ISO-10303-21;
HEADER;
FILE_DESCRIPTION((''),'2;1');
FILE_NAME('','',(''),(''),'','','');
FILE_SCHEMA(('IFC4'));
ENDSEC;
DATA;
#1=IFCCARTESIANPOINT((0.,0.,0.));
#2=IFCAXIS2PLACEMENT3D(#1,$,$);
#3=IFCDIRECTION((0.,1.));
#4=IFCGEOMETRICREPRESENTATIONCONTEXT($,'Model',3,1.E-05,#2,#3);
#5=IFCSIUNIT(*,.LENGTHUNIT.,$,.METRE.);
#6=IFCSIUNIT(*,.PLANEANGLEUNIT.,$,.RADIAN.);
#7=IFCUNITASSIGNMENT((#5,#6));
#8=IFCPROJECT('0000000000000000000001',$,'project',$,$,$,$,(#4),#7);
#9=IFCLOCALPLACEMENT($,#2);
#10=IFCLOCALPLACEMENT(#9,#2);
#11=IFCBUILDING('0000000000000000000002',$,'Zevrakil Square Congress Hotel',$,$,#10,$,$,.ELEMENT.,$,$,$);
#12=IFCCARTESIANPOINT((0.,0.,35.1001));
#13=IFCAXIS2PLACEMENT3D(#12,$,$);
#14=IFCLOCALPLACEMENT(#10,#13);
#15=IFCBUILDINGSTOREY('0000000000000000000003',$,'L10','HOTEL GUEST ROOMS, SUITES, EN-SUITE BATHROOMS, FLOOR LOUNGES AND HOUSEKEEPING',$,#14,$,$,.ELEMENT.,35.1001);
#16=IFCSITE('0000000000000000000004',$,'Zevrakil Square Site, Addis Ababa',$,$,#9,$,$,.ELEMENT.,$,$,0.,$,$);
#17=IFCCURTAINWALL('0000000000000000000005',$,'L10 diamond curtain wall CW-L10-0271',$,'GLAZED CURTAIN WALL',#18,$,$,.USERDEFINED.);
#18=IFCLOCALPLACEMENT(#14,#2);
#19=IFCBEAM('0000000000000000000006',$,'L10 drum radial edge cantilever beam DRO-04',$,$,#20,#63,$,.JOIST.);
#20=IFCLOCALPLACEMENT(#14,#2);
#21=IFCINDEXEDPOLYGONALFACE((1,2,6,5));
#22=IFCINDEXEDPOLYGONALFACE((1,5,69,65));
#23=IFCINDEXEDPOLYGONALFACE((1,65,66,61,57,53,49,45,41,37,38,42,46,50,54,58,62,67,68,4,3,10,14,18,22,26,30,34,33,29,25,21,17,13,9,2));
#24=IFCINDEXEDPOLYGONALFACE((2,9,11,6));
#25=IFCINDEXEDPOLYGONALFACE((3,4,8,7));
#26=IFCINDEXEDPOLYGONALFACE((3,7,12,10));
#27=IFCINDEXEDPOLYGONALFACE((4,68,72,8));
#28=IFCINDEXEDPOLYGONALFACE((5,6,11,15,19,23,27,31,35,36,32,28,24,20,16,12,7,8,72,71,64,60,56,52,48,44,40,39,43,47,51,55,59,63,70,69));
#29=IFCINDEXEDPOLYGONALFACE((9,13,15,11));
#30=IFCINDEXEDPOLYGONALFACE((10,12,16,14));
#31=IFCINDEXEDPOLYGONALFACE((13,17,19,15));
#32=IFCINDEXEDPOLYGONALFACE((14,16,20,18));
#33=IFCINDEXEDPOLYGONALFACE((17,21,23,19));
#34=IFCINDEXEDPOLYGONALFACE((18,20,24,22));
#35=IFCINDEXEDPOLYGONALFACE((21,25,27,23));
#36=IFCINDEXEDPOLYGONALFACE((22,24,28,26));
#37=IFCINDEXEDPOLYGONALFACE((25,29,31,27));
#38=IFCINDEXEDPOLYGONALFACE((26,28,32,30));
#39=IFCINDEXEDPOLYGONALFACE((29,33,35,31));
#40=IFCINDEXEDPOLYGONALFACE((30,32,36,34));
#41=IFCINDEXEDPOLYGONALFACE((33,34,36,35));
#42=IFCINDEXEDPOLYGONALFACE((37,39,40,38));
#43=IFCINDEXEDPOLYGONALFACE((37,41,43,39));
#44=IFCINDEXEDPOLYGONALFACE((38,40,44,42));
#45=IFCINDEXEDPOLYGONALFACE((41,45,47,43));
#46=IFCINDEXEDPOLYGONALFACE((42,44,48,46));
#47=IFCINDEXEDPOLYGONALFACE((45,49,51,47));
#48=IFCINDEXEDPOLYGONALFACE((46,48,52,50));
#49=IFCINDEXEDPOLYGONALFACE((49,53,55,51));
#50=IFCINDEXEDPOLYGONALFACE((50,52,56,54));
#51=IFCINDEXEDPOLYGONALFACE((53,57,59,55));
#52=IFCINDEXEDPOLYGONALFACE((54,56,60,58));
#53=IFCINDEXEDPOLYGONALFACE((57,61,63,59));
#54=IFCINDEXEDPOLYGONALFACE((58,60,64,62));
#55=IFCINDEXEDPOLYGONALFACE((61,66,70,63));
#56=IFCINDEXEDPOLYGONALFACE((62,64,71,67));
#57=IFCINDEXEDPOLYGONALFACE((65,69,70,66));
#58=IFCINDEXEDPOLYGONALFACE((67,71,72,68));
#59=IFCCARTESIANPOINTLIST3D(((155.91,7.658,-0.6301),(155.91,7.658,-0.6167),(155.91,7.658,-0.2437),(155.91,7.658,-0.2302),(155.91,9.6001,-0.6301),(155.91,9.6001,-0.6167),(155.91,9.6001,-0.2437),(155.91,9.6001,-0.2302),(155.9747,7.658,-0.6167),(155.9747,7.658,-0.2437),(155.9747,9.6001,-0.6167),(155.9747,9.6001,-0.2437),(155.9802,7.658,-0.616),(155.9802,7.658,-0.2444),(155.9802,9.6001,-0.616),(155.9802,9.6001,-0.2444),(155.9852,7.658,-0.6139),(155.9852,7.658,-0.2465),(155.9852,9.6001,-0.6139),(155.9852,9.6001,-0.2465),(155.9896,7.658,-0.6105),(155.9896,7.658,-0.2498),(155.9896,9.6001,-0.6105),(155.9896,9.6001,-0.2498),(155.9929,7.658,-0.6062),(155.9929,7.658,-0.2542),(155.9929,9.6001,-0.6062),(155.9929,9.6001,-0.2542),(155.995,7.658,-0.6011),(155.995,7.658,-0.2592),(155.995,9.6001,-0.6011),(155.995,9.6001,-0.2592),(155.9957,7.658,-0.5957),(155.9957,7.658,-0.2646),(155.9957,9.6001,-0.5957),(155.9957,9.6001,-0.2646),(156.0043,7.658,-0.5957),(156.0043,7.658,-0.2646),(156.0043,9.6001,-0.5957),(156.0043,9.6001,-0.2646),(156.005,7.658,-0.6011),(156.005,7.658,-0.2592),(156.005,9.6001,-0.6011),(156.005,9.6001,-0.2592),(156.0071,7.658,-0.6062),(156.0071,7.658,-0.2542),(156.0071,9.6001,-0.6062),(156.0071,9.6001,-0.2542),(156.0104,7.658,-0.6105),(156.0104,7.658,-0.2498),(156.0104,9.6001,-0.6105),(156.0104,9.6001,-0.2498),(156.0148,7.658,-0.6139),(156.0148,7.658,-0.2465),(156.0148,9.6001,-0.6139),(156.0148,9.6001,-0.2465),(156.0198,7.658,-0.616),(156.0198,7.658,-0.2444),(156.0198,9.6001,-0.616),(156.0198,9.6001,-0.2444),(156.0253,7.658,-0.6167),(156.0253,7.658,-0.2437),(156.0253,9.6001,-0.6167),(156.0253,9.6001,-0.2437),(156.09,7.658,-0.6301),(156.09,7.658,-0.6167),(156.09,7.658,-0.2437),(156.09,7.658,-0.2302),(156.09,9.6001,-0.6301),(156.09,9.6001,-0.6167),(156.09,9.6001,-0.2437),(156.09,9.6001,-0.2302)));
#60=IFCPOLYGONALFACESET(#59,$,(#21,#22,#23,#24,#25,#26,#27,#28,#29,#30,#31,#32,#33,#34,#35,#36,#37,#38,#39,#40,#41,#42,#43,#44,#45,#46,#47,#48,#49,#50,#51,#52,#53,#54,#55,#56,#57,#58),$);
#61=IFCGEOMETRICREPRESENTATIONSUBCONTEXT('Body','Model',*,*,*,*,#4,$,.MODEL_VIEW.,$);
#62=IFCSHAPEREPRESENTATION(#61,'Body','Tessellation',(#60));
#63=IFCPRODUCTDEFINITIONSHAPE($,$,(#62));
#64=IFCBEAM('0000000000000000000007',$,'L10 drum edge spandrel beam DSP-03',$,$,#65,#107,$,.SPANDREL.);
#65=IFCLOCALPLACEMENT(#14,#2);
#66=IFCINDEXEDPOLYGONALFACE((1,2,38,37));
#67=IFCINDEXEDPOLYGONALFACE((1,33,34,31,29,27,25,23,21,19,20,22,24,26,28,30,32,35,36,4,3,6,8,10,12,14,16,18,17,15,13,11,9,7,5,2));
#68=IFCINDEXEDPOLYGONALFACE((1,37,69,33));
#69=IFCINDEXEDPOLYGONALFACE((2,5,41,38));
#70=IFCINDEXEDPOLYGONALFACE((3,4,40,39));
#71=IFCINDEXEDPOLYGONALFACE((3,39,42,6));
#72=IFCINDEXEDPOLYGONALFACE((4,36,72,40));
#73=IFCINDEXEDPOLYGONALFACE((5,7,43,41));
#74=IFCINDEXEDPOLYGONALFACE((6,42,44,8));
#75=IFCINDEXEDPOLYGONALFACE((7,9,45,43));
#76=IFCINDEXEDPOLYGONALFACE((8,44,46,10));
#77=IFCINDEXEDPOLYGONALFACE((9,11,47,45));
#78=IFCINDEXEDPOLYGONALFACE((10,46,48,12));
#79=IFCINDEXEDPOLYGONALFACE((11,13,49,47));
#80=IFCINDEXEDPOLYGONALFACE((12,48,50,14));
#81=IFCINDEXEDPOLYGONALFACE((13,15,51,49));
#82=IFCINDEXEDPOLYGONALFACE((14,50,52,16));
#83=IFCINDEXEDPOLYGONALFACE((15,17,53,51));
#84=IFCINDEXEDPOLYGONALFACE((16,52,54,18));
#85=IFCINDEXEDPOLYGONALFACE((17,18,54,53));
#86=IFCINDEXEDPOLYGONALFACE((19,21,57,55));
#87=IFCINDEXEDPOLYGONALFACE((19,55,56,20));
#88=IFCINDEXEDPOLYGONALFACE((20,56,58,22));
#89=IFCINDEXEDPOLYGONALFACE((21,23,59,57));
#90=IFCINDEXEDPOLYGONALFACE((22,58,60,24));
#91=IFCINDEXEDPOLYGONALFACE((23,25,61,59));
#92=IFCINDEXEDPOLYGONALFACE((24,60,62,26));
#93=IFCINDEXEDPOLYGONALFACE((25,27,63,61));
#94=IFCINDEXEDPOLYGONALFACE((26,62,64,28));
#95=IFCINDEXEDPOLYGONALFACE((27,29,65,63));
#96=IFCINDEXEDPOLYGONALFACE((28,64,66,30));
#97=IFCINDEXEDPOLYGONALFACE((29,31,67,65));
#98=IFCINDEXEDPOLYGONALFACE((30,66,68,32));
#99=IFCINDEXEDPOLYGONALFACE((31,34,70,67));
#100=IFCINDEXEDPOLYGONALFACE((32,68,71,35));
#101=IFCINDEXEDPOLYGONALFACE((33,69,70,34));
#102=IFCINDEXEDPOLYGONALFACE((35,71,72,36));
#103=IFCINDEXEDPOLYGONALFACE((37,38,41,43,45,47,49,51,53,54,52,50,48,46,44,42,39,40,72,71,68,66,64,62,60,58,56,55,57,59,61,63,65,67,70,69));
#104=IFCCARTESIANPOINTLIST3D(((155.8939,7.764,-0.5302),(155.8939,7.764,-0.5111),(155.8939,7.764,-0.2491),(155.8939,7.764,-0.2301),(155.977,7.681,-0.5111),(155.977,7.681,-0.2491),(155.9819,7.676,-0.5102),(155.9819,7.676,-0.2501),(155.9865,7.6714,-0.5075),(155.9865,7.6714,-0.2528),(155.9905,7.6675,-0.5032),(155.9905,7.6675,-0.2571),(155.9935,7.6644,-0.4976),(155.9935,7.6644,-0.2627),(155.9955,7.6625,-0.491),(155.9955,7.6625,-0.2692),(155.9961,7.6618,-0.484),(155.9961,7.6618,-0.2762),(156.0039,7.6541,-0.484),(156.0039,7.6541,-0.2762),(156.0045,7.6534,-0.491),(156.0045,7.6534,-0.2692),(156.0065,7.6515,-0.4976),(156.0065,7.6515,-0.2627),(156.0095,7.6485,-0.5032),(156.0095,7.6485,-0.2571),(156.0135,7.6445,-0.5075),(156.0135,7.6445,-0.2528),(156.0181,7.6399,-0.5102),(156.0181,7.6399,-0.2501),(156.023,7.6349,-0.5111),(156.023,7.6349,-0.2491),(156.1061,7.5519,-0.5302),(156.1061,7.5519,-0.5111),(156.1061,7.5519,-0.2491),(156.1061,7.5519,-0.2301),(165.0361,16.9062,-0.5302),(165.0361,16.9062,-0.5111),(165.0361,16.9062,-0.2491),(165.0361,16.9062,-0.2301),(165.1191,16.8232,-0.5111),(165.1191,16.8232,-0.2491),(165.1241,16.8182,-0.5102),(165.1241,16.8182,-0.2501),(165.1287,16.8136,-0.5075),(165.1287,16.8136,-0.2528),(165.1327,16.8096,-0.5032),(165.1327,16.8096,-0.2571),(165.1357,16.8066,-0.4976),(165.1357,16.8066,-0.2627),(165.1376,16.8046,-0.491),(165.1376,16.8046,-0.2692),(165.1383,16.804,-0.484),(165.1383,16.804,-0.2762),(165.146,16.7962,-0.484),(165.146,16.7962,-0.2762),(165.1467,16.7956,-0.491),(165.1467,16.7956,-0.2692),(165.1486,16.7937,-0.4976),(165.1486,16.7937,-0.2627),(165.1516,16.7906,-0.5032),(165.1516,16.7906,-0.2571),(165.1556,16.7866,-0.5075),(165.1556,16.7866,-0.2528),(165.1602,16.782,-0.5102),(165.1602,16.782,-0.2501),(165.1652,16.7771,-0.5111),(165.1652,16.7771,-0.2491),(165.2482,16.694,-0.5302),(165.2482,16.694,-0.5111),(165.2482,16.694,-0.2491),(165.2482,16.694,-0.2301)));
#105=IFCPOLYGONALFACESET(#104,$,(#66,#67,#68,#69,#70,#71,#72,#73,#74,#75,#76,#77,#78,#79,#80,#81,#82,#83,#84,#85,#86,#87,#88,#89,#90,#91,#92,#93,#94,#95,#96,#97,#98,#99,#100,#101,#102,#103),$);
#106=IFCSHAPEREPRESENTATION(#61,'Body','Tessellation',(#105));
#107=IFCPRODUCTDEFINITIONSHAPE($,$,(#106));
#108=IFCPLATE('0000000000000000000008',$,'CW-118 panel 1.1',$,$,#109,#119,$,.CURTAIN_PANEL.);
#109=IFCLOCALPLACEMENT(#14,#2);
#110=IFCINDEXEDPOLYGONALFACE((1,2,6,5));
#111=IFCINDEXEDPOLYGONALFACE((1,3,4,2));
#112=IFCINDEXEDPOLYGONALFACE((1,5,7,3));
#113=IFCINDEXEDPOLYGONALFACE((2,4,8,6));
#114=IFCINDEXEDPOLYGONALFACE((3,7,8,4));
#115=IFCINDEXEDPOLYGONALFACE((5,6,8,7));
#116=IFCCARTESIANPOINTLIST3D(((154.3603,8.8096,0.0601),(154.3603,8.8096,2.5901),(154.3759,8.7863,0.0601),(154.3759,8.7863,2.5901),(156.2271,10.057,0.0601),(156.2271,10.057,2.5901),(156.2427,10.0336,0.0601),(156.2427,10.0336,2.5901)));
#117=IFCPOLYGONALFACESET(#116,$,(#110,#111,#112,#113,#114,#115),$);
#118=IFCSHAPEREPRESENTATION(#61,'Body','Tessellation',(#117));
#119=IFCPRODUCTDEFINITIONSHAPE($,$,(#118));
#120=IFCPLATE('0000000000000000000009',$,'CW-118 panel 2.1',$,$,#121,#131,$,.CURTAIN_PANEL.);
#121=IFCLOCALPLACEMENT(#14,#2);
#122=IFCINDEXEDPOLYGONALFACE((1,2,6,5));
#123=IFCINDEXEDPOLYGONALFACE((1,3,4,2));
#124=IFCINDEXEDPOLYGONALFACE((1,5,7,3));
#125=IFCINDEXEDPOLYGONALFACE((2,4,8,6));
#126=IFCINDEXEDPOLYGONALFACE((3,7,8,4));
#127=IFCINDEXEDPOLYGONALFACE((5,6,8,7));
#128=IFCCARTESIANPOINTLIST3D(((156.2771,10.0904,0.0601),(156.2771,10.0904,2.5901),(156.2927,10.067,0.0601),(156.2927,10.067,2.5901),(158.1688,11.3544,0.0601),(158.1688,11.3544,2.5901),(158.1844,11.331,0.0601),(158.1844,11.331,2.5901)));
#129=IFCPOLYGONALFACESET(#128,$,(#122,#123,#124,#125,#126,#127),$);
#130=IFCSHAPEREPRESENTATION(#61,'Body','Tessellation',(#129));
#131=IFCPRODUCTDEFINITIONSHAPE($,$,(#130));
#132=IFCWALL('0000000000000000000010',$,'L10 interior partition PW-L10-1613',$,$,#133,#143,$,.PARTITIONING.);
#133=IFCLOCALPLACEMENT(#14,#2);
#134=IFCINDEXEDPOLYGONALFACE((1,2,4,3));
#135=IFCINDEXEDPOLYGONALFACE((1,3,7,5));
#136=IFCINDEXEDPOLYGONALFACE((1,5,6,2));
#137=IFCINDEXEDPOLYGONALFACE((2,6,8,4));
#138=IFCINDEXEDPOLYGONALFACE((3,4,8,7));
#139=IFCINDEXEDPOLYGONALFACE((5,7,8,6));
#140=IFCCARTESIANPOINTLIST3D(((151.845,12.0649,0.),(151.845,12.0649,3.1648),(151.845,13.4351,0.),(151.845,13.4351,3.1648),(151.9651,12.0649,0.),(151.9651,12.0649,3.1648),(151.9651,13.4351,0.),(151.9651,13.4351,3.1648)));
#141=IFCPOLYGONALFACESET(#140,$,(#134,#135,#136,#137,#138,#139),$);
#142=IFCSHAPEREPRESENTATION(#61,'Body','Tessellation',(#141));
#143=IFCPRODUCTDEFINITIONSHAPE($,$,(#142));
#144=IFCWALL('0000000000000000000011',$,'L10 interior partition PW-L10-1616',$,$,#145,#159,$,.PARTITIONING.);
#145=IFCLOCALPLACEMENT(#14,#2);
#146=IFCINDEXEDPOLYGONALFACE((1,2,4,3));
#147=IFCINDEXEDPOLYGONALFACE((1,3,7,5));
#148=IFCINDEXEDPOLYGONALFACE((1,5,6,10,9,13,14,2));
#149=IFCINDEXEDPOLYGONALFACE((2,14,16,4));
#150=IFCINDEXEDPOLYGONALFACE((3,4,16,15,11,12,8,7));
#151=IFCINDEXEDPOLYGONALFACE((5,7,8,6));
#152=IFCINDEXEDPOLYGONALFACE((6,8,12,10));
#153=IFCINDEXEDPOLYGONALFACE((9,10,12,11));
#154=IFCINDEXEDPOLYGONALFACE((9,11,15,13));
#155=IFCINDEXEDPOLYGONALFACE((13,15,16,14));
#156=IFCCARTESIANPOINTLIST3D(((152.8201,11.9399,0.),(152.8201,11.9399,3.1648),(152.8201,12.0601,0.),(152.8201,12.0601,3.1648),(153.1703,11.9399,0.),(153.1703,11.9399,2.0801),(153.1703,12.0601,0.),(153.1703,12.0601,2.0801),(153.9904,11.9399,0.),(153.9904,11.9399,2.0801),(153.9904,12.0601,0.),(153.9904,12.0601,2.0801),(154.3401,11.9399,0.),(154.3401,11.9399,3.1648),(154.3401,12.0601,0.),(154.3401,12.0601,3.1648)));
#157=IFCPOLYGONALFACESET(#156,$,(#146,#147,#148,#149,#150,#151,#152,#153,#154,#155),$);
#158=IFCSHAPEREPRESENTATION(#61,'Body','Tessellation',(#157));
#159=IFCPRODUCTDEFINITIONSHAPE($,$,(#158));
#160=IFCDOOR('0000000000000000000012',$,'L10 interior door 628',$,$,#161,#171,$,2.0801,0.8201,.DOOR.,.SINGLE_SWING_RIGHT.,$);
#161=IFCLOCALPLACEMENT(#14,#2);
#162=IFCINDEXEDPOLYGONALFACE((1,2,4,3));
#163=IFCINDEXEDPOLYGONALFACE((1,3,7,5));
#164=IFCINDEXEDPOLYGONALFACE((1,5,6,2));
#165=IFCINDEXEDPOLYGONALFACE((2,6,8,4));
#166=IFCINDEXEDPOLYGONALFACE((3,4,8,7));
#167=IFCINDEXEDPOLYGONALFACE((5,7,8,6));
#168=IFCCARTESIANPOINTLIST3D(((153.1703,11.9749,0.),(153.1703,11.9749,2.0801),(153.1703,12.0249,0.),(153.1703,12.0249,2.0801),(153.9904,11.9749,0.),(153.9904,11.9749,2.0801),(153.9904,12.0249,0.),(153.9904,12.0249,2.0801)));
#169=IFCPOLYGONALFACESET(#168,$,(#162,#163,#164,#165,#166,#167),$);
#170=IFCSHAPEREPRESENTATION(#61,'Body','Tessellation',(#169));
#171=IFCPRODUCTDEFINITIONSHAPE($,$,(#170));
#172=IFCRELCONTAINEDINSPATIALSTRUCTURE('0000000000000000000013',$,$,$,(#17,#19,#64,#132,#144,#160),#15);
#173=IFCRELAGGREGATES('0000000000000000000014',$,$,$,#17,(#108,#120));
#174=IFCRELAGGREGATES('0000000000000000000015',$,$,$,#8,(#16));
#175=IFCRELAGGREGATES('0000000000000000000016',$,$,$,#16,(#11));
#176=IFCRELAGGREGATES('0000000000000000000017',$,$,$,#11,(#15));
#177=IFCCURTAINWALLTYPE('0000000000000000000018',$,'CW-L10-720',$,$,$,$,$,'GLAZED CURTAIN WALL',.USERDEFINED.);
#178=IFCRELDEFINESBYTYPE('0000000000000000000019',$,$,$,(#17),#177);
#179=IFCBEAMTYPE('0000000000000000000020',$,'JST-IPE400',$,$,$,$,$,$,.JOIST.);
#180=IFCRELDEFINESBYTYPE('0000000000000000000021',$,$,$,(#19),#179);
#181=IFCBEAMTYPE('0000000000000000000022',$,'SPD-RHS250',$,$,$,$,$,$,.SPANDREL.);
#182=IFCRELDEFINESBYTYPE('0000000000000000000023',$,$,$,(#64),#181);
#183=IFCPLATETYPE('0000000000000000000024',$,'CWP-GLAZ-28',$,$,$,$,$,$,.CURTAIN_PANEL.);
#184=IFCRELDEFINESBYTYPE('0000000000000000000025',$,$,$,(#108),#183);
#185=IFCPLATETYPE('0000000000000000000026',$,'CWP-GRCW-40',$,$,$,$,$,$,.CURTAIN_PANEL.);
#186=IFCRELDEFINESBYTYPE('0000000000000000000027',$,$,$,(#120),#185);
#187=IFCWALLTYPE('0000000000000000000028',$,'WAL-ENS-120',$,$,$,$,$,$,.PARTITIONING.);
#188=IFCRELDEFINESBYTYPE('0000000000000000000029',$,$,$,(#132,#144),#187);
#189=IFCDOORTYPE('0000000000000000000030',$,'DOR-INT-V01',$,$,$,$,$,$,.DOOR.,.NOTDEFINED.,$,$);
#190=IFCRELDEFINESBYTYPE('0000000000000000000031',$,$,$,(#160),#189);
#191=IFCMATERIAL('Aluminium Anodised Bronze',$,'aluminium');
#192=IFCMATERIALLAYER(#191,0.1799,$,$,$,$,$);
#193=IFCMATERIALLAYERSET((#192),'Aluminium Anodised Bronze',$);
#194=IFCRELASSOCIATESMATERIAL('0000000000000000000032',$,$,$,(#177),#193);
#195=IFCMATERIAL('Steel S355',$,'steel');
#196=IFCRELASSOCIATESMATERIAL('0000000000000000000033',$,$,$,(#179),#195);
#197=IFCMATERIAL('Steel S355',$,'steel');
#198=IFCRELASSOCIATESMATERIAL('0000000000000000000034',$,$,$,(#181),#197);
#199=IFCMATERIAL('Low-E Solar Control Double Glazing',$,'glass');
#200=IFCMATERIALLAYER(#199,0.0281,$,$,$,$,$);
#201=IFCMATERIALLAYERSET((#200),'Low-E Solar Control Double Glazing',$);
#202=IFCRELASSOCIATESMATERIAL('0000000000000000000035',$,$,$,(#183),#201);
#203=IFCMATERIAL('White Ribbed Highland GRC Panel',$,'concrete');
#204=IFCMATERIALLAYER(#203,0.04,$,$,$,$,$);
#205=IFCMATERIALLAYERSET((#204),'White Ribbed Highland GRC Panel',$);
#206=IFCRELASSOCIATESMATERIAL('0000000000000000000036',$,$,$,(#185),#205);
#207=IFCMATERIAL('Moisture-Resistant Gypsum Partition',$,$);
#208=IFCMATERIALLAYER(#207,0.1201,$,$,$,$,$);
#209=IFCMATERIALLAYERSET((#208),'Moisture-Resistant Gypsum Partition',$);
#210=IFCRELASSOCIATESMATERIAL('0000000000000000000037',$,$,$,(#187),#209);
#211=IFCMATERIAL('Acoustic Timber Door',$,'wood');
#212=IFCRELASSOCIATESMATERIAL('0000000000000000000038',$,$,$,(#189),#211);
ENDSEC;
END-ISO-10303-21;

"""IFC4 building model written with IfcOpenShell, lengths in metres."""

from ifc_helpers import new_model, si_unit, direction, frame, frame_2d, origin, origin_2d, place, context, subcontext, project, spatial, rectangle, i_section, extrude, material, layer, layer_set, material_profile, profile_set, type_object, element, fill, aggregate, save


model = new_model("IFC4")

# Units and contexts
model_context = context("Model", 3, precision=1e-05, world=origin(), true_north=direction((0.0, 1.0)))
body_context = subcontext(model_context, "Body", "Model", "MODEL_VIEW")
ifc_project = project(units=[si_unit("LENGTHUNIT", "METRE"), si_unit("PLANEANGLEUNIT", "RADIAN")], contexts=[model_context])

# Site, building, storey
site_placement = place(None, origin())
site = spatial("IfcSite", under=ifc_project, at=site_placement, Name="Zevrakil Square Site, Addis Ababa", CompositionType="ELEMENT", RefElevation=0.0)
building_placement = place(site_placement, origin())
building = spatial("IfcBuilding", under=site, at=building_placement, Name="Zevrakil Square Congress Hotel", CompositionType="ELEMENT")
storey_placement = place(building_placement, frame((0.0, 0.0, 35.1001)))
storey = spatial("IfcBuildingStorey", under=building, at=storey_placement, Name="L10", Description="HOTEL GUEST ROOMS, SUITES, EN-SUITE BATHROOMS, FLOOR LOUNGES AND HOUSEKEEPING", CompositionType="ELEMENT", Elevation=35.1001)

# Curtain wall
ifc_material_1 = material(Name="Aluminium Anodised Bronze", Category="aluminium")
ifc_layer_1 = layer(ifc_material_1, 0.1799)
ifc_layer_set_1 = layer_set([ifc_layer_1], Name="Aluminium Anodised Bronze")
curtain_wall_type = type_object("IfcCurtainWallType", Name="CW-L10-720", ElementType="GLAZED CURTAIN WALL", PredefinedType="USERDEFINED", material=ifc_layer_set_1)
curtain_wall_placement = place(storey_placement, origin())
curtain_wall = element("IfcCurtainWall", 1, at=curtain_wall_placement, inside=storey, type_object=curtain_wall_type, Name="L10 diamond curtain wall CW-L10-0271", ObjectType="GLAZED CURTAIN WALL", PredefinedType="USERDEFINED")

# Beams
ifc_material_2 = material(Name="Steel S355", Category="steel")
ifc_material_profile_1 = material_profile(ifc_material_2, i_section(OverallWidth=0.1799, OverallDepth=0.3999, WebThickness=0.0085, FlangeThickness=0.0134, FilletRadius=0.021, at=origin_2d()), Name="IPE 400")
ifc_profile_set_1 = profile_set([ifc_material_profile_1], Name="Steel S355")
beam_type_1 = type_object("IfcBeamType", Name="JST-IPE400", PredefinedType="JOIST", material=ifc_profile_set_1)
beam_1_placement = place(storey_placement, frame((156.0, 9.6001, -0.4302), z_axis=(0.0, -1.0, 0.0), x_axis=(1.0, 0.0, 0.0)))
element("IfcBeam", 2, at=beam_1_placement, inside=storey, type_object=beam_type_1, Name="L10 drum radial edge cantilever beam DRO-04", PredefinedType="JOIST", context=body_context, shape_type="SweptSolid", body=[
    extrude(i_section(OverallWidth=0.1799, OverallDepth=0.3999, WebThickness=0.0085, FlangeThickness=0.0134, FilletRadius=0.021, at=origin_2d()), origin(), (0.0, 0.0, 1.0), 1.9421),
])
ifc_material_3 = material(Name="Steel S355", Category="steel")
ifc_material_profile_2 = material_profile(ifc_material_3, i_section(OverallWidth=0.3, OverallDepth=0.3, WebThickness=0.011, FlangeThickness=0.019, FilletRadius=0.0271, at=origin_2d()), Name="HEB 300")
ifc_profile_set_2 = profile_set([ifc_material_profile_2], Name="Steel S355")
beam_type_2 = type_object("IfcBeamType", Name="SPD-RHS250", PredefinedType="SPANDREL", material=ifc_profile_set_2)
beam_2_placement = place(storey_placement, frame((156.0, 7.658, -0.3801), z_axis=(0.707107, 0.707107, 0.0), x_axis=(-0.707107, 0.707107, 0.0)))
element("IfcBeam", 3, at=beam_2_placement, inside=storey, type_object=beam_type_2, Name="L10 drum edge spandrel beam DSP-03", PredefinedType="SPANDREL", context=body_context, shape_type="SweptSolid", body=[
    extrude(i_section(OverallWidth=0.3, OverallDepth=0.3, WebThickness=0.011, FlangeThickness=0.019, FilletRadius=0.0271, at=origin_2d()), origin(), (0.0, 0.0, 1.0), 12.929),
])

# Plates
ifc_material_4 = material(Name="Low-E Solar Control Double Glazing", Category="glass")
ifc_layer_2 = layer(ifc_material_4, 0.0281)
ifc_layer_set_2 = layer_set([ifc_layer_2], Name="Low-E Solar Control Double Glazing")
plate_type_1 = type_object("IfcPlateType", Name="CWP-GLAZ-28", PredefinedType="CURTAIN_PANEL", material=ifc_layer_set_2)
plate_1_placement = place(storey_placement, frame((155.3015, 9.4216, 0.0601), z_axis=(0.0, 0.0, 1.0), x_axis=(0.831466, 0.555576, 0.0)))
plate_1 = element("IfcPlate", 4, at=plate_1_placement, type_object=plate_type_1, Name="CW-118 panel 1.1", PredefinedType="CURTAIN_PANEL", context=body_context, shape_type="SweptSolid", body=[
    extrude(rectangle(XDim=2.2451, YDim=0.0281, at=origin_2d()), origin(), (0.0, 0.0, 1.0), 2.53),
])
ifc_material_5 = material(Name="White Ribbed Highland GRC Panel", Category="concrete")
ifc_layer_3 = layer(ifc_material_5, 0.04)
ifc_layer_set_3 = layer_set([ifc_layer_3], Name="White Ribbed Highland GRC Panel")
plate_type_2 = type_object("IfcPlateType", Name="CWP-GRCW-40", PredefinedType="CURTAIN_PANEL", material=ifc_layer_set_3)
plate_2_placement = place(storey_placement, frame((157.2307, 10.7107, 0.0601), z_axis=(0.0, 0.0, 1.0), x_axis=(0.831466, 0.555576, 0.0)))
plate_2 = element("IfcPlate", 5, at=plate_2_placement, type_object=plate_type_2, Name="CW-118 panel 2.1", PredefinedType="CURTAIN_PANEL", context=body_context, shape_type="SweptSolid", body=[
    extrude(rectangle(XDim=2.2751, YDim=0.0281, at=origin_2d()), origin(), (0.0, 0.0, 1.0), 2.53),
])
aggregate(curtain_wall, [plate_1, plate_2])

# Wall
ifc_material_6 = material(Name="Moisture-Resistant Gypsum Partition")
ifc_layer_4 = layer(ifc_material_6, 0.1201)
ifc_layer_set_4 = layer_set([ifc_layer_4], Name="Moisture-Resistant Gypsum Partition")
wall_type_1 = type_object("IfcWallType", Name="WAL-ENS-120", PredefinedType="PARTITIONING", material=ifc_layer_set_4)
wall_1_placement = place(storey_placement, frame((151.905, 12.0649, 0.0), z_axis=(0.0, 0.0, 1.0), x_axis=(0.0, 1.0, 0.0)))
element("IfcWall", 6, at=wall_1_placement, inside=storey, type_object=wall_type_1, Name="L10 interior partition PW-L10-1613", PredefinedType="PARTITIONING", context=body_context, shape_type="SweptSolid", body=[
    extrude(rectangle(XDim=1.3701, YDim=0.1201, at=frame_2d((0.6851, 0.0))), origin(), (0.0, 0.0, 1.0), 3.1648),
])

# Wall, opening, door
wall_2_placement = place(storey_placement, frame((152.8201, 12.0, 0.0), z_axis=(0.0, 0.0, 1.0), x_axis=(1.0, 0.0, 0.0)))
wall_2 = element("IfcWall", 7, at=wall_2_placement, inside=storey, type_object=wall_type_1, Name="L10 interior partition PW-L10-1616", PredefinedType="PARTITIONING", context=body_context, shape_type="SweptSolid", body=[
    extrude(rectangle(XDim=1.52, YDim=0.1201, at=frame_2d((0.76, 0.0))), origin(), (0.0, 0.0, 1.0), 3.1648),
])
opening_1_placement = place(wall_2_placement, frame((0.3501, 0.0, 0.0)))
opening_1 = element("IfcOpeningElement", 8, at=opening_1_placement, cuts=wall_2, PredefinedType="OPENING", context=body_context, shape_type="SweptSolid", body=[
    extrude(rectangle(XDim=0.8201, YDim=2.0801, at=frame_2d((0.4102, 1.04))), frame((0.0, 0.0701, 0.0), z_axis=(0.0, -1.0, 0.0), x_axis=(1.0, 0.0, 0.0)), (0.0, 0.0, 1.0), 0.1401),
])
ifc_material_7 = material(Name="Acoustic Timber Door", Category="wood")
door_type = type_object("IfcDoorType", Name="DOR-INT-V01", OperationType="NOTDEFINED", PredefinedType="DOOR", material=ifc_material_7)
door_1_placement = place(opening_1_placement, origin())
door_1 = element("IfcDoor", 9, at=door_1_placement, inside=storey, type_object=door_type, Name="L10 interior door 628", OperationType="SINGLE_SWING_RIGHT", OverallHeight=2.0801, OverallWidth=0.8201, PredefinedType="DOOR", context=body_context, shape_type="SweptSolid", body=[
    extrude(rectangle(XDim=0.8201, YDim=2.0801, at=frame_2d((0.4102, 1.04))), frame((0.0, 0.0249, 0.0), z_axis=(0.0, -1.0, 0.0), x_axis=(1.0, 0.0, 0.0)), (0.0, 0.0, 1.0), 0.05),
])
fill(opening_1, door_1)

save(model, "model.ifc")
